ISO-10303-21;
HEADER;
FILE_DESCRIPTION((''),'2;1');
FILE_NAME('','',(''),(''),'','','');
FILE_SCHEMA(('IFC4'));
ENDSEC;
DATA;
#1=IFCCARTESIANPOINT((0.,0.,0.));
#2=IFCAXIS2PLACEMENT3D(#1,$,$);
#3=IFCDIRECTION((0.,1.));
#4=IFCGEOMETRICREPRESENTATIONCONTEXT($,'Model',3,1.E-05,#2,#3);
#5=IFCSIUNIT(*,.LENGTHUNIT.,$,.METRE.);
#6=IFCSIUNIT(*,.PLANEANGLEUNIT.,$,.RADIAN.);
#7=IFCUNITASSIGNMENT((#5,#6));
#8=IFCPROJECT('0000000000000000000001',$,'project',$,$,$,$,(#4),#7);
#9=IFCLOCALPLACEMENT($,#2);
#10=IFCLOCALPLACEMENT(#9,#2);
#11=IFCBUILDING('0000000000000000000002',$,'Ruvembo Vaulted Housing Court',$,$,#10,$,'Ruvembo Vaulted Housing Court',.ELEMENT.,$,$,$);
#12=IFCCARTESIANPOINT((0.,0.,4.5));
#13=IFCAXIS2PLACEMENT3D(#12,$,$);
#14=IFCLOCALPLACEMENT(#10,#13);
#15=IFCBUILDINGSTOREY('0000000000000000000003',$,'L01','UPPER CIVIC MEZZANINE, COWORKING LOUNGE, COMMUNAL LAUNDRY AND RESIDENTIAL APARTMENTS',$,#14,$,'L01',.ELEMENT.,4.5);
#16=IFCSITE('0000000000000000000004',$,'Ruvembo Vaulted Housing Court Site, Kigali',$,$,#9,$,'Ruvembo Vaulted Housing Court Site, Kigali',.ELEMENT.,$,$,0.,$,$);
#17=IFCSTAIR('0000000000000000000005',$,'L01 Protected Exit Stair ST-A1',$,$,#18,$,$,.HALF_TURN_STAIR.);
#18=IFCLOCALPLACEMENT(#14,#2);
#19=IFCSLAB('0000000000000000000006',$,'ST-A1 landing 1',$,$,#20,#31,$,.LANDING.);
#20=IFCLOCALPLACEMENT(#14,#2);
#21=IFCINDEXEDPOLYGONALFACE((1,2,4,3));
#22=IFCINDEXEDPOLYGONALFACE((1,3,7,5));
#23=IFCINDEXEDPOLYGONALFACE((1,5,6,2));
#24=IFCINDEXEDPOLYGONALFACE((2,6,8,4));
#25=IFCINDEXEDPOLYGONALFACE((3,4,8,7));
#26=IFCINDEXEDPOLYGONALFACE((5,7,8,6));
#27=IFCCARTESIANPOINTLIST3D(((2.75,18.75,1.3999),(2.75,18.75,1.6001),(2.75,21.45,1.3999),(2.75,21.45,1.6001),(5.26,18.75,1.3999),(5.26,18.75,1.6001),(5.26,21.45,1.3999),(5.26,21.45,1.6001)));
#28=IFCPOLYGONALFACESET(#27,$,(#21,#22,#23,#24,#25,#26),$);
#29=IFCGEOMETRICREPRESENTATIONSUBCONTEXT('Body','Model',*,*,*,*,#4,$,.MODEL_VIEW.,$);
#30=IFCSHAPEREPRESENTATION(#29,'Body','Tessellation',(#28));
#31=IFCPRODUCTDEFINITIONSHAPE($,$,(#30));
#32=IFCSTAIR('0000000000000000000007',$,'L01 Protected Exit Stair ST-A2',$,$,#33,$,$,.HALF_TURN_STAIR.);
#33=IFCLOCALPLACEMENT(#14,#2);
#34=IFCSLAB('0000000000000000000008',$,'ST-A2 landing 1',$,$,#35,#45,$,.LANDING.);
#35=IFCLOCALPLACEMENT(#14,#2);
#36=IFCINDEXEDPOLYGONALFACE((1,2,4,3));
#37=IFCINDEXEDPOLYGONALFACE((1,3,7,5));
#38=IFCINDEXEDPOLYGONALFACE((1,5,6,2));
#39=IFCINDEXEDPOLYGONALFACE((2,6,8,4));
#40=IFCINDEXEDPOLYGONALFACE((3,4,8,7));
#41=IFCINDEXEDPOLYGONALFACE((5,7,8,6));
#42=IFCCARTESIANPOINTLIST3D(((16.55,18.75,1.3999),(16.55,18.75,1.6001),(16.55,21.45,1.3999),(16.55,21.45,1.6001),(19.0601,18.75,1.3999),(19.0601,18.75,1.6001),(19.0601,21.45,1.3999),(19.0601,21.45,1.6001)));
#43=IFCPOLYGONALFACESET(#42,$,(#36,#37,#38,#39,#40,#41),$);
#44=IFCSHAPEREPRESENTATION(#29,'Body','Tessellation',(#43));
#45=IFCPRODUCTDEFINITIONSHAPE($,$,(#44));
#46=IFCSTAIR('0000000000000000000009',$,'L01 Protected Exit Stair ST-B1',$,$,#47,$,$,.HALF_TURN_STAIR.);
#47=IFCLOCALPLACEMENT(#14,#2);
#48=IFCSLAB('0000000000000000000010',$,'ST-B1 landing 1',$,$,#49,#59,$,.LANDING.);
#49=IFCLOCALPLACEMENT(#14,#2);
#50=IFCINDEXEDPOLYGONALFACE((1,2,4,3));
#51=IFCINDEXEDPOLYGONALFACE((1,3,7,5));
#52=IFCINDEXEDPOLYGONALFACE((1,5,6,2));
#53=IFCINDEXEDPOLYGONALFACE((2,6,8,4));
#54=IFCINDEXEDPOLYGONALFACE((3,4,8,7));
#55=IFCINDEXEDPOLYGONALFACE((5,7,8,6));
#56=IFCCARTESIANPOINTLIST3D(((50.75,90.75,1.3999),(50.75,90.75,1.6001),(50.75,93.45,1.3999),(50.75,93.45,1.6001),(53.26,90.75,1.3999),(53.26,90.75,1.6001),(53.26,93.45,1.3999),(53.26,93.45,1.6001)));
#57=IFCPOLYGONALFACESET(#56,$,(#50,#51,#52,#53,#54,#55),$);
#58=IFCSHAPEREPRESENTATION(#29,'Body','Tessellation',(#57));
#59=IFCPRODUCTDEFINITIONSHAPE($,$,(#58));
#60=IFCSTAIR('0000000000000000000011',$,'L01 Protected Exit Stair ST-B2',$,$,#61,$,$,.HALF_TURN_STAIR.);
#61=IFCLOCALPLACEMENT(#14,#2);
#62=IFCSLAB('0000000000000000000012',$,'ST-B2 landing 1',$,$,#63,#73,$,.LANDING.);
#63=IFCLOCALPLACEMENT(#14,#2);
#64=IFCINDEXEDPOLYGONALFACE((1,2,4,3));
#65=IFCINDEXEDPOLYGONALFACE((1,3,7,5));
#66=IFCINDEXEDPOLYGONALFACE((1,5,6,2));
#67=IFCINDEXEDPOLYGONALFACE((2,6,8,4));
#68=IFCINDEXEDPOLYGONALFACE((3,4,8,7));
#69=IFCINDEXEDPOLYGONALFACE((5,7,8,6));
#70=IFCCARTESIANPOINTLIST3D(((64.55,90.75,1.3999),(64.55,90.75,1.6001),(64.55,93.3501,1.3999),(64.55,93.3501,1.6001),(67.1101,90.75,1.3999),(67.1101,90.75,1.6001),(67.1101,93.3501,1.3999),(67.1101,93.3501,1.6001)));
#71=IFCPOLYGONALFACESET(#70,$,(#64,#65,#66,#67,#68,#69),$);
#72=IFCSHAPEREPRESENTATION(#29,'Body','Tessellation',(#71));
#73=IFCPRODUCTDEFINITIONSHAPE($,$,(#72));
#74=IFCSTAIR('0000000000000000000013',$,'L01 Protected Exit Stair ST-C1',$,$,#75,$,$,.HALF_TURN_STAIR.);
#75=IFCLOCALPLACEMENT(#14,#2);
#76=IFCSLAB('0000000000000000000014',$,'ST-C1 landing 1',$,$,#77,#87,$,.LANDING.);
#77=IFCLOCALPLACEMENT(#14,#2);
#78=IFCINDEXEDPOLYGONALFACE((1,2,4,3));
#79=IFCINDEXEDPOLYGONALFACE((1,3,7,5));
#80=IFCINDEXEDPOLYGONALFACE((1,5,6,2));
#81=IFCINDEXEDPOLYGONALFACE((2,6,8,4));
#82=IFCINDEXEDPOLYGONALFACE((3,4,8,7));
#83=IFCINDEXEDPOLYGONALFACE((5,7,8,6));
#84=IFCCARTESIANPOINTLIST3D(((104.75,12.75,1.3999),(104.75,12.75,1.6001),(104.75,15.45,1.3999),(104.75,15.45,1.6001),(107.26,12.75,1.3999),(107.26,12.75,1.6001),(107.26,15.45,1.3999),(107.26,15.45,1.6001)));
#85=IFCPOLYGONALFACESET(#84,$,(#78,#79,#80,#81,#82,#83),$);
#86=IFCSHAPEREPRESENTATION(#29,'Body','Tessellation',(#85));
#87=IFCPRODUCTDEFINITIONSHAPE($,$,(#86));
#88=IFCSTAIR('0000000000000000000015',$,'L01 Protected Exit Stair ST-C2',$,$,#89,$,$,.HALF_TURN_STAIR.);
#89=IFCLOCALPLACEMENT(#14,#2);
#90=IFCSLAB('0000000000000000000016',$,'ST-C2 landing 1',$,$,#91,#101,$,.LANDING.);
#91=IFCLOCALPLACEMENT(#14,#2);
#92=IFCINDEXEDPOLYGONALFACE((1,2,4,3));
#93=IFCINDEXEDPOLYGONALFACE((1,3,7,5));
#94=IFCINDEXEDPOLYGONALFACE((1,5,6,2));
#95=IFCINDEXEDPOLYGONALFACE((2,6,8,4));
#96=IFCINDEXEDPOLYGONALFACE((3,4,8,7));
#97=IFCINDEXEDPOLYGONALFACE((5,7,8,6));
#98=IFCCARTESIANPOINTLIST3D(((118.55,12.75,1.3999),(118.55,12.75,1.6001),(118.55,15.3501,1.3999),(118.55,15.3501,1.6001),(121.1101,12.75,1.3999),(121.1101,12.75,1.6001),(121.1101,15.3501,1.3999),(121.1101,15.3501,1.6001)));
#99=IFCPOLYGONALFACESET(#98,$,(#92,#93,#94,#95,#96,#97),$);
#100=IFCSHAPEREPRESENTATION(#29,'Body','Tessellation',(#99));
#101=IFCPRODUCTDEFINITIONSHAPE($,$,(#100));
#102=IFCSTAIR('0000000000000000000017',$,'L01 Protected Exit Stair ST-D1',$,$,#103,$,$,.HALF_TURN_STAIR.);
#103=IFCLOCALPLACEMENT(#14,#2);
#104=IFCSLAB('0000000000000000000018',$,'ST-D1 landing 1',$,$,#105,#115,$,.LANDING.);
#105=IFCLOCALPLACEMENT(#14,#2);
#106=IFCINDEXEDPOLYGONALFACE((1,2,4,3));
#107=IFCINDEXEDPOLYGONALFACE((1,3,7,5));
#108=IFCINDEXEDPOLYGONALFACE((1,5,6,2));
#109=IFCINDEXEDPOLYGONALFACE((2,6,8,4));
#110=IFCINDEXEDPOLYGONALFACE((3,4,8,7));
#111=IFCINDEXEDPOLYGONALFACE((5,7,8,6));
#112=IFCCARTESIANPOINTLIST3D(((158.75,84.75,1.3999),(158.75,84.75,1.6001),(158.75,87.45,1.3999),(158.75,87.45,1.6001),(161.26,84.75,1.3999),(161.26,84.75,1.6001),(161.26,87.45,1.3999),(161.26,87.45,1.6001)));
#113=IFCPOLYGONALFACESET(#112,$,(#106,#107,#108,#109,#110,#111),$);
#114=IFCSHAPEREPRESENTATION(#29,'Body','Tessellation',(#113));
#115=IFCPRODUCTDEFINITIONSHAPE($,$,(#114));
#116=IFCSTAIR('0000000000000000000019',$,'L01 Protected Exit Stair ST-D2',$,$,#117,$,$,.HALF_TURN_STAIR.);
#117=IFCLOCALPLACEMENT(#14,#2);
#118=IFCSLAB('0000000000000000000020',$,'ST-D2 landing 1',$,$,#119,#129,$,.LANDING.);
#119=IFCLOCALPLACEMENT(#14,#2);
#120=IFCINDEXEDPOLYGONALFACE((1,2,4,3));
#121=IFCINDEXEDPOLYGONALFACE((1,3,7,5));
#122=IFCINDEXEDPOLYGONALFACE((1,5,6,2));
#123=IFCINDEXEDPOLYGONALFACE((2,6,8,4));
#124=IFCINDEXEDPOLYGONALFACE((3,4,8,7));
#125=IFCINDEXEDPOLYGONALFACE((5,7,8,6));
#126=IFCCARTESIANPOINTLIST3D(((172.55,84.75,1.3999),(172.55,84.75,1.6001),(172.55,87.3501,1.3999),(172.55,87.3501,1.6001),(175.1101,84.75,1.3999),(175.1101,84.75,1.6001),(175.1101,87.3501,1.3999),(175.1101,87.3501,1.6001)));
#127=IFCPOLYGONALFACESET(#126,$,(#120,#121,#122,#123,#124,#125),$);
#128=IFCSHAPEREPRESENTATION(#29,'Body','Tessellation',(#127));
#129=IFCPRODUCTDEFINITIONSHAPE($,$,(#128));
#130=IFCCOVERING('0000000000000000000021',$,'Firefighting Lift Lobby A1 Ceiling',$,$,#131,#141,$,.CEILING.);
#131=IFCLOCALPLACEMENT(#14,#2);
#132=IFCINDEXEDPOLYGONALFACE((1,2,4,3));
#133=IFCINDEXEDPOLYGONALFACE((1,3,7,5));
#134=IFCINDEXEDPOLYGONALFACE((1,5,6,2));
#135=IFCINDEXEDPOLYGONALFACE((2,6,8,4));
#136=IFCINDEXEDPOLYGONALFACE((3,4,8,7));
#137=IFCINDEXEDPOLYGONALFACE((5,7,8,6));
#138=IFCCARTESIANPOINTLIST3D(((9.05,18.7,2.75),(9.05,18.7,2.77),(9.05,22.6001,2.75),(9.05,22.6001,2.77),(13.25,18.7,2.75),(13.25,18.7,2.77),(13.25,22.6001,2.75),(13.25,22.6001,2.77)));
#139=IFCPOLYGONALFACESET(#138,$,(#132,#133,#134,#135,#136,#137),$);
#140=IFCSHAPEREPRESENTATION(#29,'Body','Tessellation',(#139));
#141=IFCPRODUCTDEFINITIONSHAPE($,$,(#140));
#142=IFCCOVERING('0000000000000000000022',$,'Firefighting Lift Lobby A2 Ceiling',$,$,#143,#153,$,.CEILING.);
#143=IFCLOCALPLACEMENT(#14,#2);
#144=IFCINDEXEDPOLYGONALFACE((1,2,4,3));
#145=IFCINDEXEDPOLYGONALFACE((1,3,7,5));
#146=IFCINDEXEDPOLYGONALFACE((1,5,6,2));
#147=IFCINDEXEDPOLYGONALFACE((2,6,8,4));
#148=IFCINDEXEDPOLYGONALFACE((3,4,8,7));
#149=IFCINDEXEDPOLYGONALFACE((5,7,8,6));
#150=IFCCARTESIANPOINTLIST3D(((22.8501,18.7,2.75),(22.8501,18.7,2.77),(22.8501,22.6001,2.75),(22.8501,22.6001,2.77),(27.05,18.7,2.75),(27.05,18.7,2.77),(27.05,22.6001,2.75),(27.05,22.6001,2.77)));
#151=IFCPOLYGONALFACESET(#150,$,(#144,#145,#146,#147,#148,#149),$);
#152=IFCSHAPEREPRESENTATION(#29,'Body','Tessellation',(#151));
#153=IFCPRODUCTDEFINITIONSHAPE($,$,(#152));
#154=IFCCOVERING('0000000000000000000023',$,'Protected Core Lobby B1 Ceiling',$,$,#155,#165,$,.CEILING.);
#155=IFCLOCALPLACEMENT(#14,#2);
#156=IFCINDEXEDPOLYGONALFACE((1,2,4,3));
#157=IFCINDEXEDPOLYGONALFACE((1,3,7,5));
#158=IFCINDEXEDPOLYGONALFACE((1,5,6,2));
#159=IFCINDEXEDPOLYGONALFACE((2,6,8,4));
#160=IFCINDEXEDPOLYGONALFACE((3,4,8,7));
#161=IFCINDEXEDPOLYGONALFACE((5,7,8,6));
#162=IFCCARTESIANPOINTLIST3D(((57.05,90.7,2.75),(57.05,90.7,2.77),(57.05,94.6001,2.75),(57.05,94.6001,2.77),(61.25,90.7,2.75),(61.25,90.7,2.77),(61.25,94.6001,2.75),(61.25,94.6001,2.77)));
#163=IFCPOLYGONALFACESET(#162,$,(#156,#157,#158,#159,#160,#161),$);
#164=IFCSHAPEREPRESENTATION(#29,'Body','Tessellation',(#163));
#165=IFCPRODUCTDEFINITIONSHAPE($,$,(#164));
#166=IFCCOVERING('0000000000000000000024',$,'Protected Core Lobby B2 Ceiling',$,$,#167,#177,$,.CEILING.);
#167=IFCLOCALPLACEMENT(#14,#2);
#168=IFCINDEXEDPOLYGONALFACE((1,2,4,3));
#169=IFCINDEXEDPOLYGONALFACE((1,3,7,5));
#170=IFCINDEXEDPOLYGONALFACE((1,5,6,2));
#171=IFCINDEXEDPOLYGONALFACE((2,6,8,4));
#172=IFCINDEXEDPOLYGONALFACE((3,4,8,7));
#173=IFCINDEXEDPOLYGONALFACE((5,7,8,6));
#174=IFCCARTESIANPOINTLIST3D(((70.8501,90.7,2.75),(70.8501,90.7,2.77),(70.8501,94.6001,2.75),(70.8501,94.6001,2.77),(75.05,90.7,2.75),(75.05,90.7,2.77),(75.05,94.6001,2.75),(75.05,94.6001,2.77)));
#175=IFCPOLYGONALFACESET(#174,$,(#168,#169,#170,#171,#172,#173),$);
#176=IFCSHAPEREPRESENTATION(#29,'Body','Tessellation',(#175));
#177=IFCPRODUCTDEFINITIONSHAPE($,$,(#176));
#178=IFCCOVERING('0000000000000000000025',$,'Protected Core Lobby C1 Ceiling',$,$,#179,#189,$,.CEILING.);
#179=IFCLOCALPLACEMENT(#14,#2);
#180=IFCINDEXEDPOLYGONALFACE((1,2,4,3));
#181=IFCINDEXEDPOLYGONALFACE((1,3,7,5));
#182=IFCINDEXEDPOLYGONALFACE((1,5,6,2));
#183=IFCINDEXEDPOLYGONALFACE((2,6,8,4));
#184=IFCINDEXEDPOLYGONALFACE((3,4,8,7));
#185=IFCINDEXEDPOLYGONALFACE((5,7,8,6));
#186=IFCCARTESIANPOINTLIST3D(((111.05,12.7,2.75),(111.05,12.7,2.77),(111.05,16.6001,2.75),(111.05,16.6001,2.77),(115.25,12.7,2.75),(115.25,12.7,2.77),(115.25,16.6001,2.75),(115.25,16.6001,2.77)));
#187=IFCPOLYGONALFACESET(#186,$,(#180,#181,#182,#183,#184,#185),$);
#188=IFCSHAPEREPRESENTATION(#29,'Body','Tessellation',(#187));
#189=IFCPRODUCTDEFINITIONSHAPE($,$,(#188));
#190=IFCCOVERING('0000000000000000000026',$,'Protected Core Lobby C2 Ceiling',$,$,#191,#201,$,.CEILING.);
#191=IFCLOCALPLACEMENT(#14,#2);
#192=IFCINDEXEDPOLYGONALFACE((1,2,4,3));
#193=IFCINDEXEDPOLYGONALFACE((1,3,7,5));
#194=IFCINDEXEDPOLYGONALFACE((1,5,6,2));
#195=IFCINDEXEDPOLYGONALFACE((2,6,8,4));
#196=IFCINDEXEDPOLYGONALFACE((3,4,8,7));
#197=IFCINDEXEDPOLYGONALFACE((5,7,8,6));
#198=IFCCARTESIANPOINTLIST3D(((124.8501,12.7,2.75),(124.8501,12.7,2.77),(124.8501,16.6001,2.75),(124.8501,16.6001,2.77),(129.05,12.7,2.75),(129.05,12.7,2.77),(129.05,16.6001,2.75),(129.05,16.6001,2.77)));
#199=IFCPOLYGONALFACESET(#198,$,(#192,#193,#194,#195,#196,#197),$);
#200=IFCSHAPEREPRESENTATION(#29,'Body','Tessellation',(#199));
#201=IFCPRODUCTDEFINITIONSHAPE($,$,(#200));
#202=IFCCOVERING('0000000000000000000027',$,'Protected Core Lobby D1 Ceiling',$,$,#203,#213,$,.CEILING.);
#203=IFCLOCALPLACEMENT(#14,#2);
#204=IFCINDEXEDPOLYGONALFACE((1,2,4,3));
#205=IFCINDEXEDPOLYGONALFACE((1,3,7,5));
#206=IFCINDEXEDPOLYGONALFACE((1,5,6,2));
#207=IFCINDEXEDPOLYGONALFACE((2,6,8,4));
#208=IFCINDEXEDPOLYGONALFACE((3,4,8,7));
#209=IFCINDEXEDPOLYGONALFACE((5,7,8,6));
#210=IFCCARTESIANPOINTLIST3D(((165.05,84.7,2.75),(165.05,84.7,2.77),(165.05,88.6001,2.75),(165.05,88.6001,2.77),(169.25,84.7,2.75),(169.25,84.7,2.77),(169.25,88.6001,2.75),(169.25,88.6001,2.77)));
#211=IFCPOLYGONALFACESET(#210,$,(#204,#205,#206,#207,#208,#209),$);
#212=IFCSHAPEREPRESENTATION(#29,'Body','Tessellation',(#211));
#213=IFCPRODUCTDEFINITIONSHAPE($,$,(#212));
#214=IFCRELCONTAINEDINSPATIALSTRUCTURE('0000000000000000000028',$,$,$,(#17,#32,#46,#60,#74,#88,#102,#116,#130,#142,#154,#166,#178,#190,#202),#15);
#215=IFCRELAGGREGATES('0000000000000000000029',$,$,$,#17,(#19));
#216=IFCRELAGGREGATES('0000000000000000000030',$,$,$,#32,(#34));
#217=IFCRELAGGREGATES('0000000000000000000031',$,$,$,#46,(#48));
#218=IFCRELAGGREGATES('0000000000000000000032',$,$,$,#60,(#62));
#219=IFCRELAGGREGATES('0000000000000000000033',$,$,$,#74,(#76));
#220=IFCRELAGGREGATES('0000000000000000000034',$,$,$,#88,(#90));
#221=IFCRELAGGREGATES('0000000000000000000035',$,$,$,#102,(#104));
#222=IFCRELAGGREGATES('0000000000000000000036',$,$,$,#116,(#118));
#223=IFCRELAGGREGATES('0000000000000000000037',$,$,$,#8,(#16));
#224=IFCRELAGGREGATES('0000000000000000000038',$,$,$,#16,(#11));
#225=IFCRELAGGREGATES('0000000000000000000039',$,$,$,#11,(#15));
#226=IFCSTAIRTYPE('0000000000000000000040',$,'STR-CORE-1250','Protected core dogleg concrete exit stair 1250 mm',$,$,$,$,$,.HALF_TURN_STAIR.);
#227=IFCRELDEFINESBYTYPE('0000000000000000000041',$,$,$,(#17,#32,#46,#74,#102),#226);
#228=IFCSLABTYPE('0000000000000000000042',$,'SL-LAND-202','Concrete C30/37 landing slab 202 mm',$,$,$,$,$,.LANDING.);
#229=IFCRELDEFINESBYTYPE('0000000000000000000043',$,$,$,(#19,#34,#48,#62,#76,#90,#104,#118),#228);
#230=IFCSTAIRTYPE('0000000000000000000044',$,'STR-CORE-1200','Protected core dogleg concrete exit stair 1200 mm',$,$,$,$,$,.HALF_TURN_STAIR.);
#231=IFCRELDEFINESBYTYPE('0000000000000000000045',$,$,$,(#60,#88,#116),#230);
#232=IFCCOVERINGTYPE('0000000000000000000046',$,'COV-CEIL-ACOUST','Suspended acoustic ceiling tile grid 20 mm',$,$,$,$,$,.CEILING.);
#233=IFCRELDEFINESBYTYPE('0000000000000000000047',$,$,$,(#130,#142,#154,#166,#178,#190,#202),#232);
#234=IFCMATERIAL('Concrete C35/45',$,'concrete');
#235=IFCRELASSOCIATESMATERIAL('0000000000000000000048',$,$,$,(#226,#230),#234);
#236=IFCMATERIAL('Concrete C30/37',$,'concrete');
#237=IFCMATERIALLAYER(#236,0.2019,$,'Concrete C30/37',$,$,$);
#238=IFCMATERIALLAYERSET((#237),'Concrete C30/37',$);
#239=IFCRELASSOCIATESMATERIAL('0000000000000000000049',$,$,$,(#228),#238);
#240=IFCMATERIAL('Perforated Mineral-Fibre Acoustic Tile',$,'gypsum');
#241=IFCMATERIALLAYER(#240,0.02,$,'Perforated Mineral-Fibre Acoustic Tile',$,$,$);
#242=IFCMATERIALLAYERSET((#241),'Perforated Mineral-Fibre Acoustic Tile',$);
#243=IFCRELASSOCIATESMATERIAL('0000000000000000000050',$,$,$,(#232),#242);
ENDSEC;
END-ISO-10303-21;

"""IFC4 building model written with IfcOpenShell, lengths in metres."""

from ifc_helpers import new_model, si_unit, direction, frame, origin, place, context, subcontext, project, spatial, polyline, outline, extrude, material, layer, layer_set, type_object, element, aggregate, save


model = new_model("IFC4")

# Units and contexts
model_context = context("Model", 3, precision=1e-05, world=origin(), true_north=direction((0.0, 1.0)))
body_context = subcontext(model_context, "Body", "Model", "MODEL_VIEW")
ifc_project = project(units=[si_unit("LENGTHUNIT", "METRE"), si_unit("PLANEANGLEUNIT", "RADIAN")], contexts=[model_context])

# Site, building, storey
site_placement = place(None, origin())
site = spatial("IfcSite", under=ifc_project, at=site_placement, Name="Ruvembo Vaulted Housing Court Site, Kigali", LongName="Ruvembo Vaulted Housing Court Site, Kigali", CompositionType="ELEMENT", RefElevation=0.0)
building_placement = place(site_placement, origin())
building = spatial("IfcBuilding", under=site, at=building_placement, Name="Ruvembo Vaulted Housing Court", LongName="Ruvembo Vaulted Housing Court", CompositionType="ELEMENT")
storey_placement = place(building_placement, frame((0.0, 0.0, 4.5)))
storey = spatial("IfcBuildingStorey", under=building, at=storey_placement, Name="L01", Description="UPPER CIVIC MEZZANINE, COWORKING LOUNGE, COMMUNAL LAUNDRY AND RESIDENTIAL APARTMENTS", LongName="L01", CompositionType="ELEMENT", Elevation=4.5)

# Stairs, slabs
ifc_material_1 = material(Name="Concrete C35/45", Category="concrete")
stair_type_1 = type_object("IfcStairType", Name="STR-CORE-1250", Description="Protected core dogleg concrete exit stair 1250 mm", PredefinedType="HALF_TURN_STAIR", material=ifc_material_1)
stair_1_placement = place(storey_placement, origin())
stair_1 = element("IfcStair", 1, at=stair_1_placement, inside=storey, type_object=stair_type_1, Name="L01 Protected Exit Stair ST-A1", PredefinedType="HALF_TURN_STAIR")
ifc_material_2 = material(Name="Concrete C30/37", Category="concrete")
ifc_layer_1 = layer(ifc_material_2, 0.2019, Name="Concrete C30/37")
ifc_layer_set_1 = layer_set([ifc_layer_1], Name="Concrete C30/37")
slab_type = type_object("IfcSlabType", Name="SL-LAND-202", Description="Concrete C30/37 landing slab 202 mm", PredefinedType="LANDING", material=ifc_layer_set_1)
slab_1_placement = place(storey_placement, frame((0.0, 0.0, 1.3999)))
slab_1 = element("IfcSlab", 2, at=slab_1_placement, type_object=slab_type, Name="ST-A1 landing 1", PredefinedType="LANDING", context=body_context, shape_type="SweptSolid", body=[
    extrude(outline(polyline([(5.26, 21.45), (2.75, 21.45), (2.75, 18.75), (5.26, 18.75), (5.26, 21.45)])), origin(), (0.0, 0.0, 1.0), 0.2002),
])
aggregate(stair_1, [slab_1])
stair_2_placement = place(storey_placement, origin())
stair_2 = element("IfcStair", 3, at=stair_2_placement, inside=storey, type_object=stair_type_1, Name="L01 Protected Exit Stair ST-A2", PredefinedType="HALF_TURN_STAIR")
slab_2_placement = place(storey_placement, frame((0.0, 0.0, 1.3999)))
slab_2 = element("IfcSlab", 4, at=slab_2_placement, type_object=slab_type, Name="ST-A2 landing 1", PredefinedType="LANDING", context=body_context, shape_type="SweptSolid", body=[
    extrude(outline(polyline([(19.0601, 21.45), (16.55, 21.45), (16.55, 18.75), (19.0601, 18.75), (19.0601, 21.45)])), origin(), (0.0, 0.0, 1.0), 0.2002),
])
aggregate(stair_2, [slab_2])
stair_3_placement = place(storey_placement, origin())
stair_3 = element("IfcStair", 5, at=stair_3_placement, inside=storey, type_object=stair_type_1, Name="L01 Protected Exit Stair ST-B1", PredefinedType="HALF_TURN_STAIR")
slab_3_placement = place(storey_placement, frame((0.0, 0.0, 1.3999)))
slab_3 = element("IfcSlab", 6, at=slab_3_placement, type_object=slab_type, Name="ST-B1 landing 1", PredefinedType="LANDING", context=body_context, shape_type="SweptSolid", body=[
    extrude(outline(polyline([(53.26, 93.45), (50.75, 93.45), (50.75, 90.75), (53.26, 90.75), (53.26, 93.45)])), origin(), (0.0, 0.0, 1.0), 0.2002),
])
aggregate(stair_3, [slab_3])
stair_type_2 = type_object("IfcStairType", Name="STR-CORE-1200", Description="Protected core dogleg concrete exit stair 1200 mm", PredefinedType="HALF_TURN_STAIR", material=ifc_material_1)
stair_4_placement = place(storey_placement, origin())
stair_4 = element("IfcStair", 7, at=stair_4_placement, inside=storey, type_object=stair_type_2, Name="L01 Protected Exit Stair ST-B2", PredefinedType="HALF_TURN_STAIR")
slab_4_placement = place(storey_placement, frame((0.0, 0.0, 1.3999)))
slab_4 = element("IfcSlab", 8, at=slab_4_placement, type_object=slab_type, Name="ST-B2 landing 1", PredefinedType="LANDING", context=body_context, shape_type="SweptSolid", body=[
    extrude(outline(polyline([(67.1101, 93.3501), (64.55, 93.3501), (64.55, 90.75), (67.1101, 90.75), (67.1101, 93.3501)])), origin(), (0.0, 0.0, 1.0), 0.2002),
])
aggregate(stair_4, [slab_4])
stair_5_placement = place(storey_placement, origin())
stair_5 = element("IfcStair", 9, at=stair_5_placement, inside=storey, type_object=stair_type_1, Name="L01 Protected Exit Stair ST-C1", PredefinedType="HALF_TURN_STAIR")
slab_5_placement = place(storey_placement, frame((0.0, 0.0, 1.3999)))
slab_5 = element("IfcSlab", 10, at=slab_5_placement, type_object=slab_type, Name="ST-C1 landing 1", PredefinedType="LANDING", context=body_context, shape_type="SweptSolid", body=[
    extrude(outline(polyline([(107.26, 15.45), (104.75, 15.45), (104.75, 12.75), (107.26, 12.75), (107.26, 15.45)])), origin(), (0.0, 0.0, 1.0), 0.2002),
])
aggregate(stair_5, [slab_5])
stair_6_placement = place(storey_placement, origin())
stair_6 = element("IfcStair", 11, at=stair_6_placement, inside=storey, type_object=stair_type_2, Name="L01 Protected Exit Stair ST-C2", PredefinedType="HALF_TURN_STAIR")
slab_6_placement = place(storey_placement, frame((0.0, 0.0, 1.3999)))
slab_6 = element("IfcSlab", 12, at=slab_6_placement, type_object=slab_type, Name="ST-C2 landing 1", PredefinedType="LANDING", context=body_context, shape_type="SweptSolid", body=[
    extrude(outline(polyline([(121.1101, 15.3501), (118.55, 15.3501), (118.55, 12.75), (121.1101, 12.75), (121.1101, 15.3501)])), origin(), (0.0, 0.0, 1.0), 0.2002),
])
aggregate(stair_6, [slab_6])
stair_7_placement = place(storey_placement, origin())
stair_7 = element("IfcStair", 13, at=stair_7_placement, inside=storey, type_object=stair_type_1, Name="L01 Protected Exit Stair ST-D1", PredefinedType="HALF_TURN_STAIR")
slab_7_placement = place(storey_placement, frame((0.0, 0.0, 1.3999)))
slab_7 = element("IfcSlab", 14, at=slab_7_placement, type_object=slab_type, Name="ST-D1 landing 1", PredefinedType="LANDING", context=body_context, shape_type="SweptSolid", body=[
    extrude(outline(polyline([(161.26, 87.45), (158.75, 87.45), (158.75, 84.75), (161.26, 84.75), (161.26, 87.45)])), origin(), (0.0, 0.0, 1.0), 0.2002),
])
aggregate(stair_7, [slab_7])
stair_8_placement = place(storey_placement, origin())
stair_8 = element("IfcStair", 15, at=stair_8_placement, inside=storey, type_object=stair_type_2, Name="L01 Protected Exit Stair ST-D2", PredefinedType="HALF_TURN_STAIR")
slab_8_placement = place(storey_placement, frame((0.0, 0.0, 1.3999)))
slab_8 = element("IfcSlab", 16, at=slab_8_placement, type_object=slab_type, Name="ST-D2 landing 1", PredefinedType="LANDING", context=body_context, shape_type="SweptSolid", body=[
    extrude(outline(polyline([(175.1101, 87.3501), (172.55, 87.3501), (172.55, 84.75), (175.1101, 84.75), (175.1101, 87.3501)])), origin(), (0.0, 0.0, 1.0), 0.2002),
])
aggregate(stair_8, [slab_8])

# Coverings
ifc_material_3 = material(Name="Perforated Mineral-Fibre Acoustic Tile", Category="gypsum")
ifc_layer_2 = layer(ifc_material_3, 0.02, Name="Perforated Mineral-Fibre Acoustic Tile")
ifc_layer_set_2 = layer_set([ifc_layer_2], Name="Perforated Mineral-Fibre Acoustic Tile")
covering_type_1 = type_object("IfcCoveringType", Name="COV-CEIL-ACOUST", Description="Suspended acoustic ceiling tile grid 20 mm", PredefinedType="CEILING", material=ifc_layer_set_2)
covering_1_placement = place(storey_placement, frame((0.0, 0.0, 2.75)))
element("IfcCovering", 17, at=covering_1_placement, inside=storey, type_object=covering_type_1, Name="Firefighting Lift Lobby A1 Ceiling", PredefinedType="CEILING", context=body_context, shape_type="SweptSolid", body=[
    extrude(outline(polyline([(9.05, 22.6001), (9.05, 18.7), (13.25, 18.7), (13.25, 22.6001), (9.05, 22.6001)])), origin(), (0.0, 0.0, 1.0), 0.02),
])
covering_2_placement = place(storey_placement, frame((0.0, 0.0, 2.75)))
element("IfcCovering", 18, at=covering_2_placement, inside=storey, type_object=covering_type_1, Name="Firefighting Lift Lobby A2 Ceiling", PredefinedType="CEILING", context=body_context, shape_type="SweptSolid", body=[
    extrude(outline(polyline([(22.8501, 22.6001), (22.8501, 18.7), (27.05, 18.7), (27.05, 22.6001), (22.8501, 22.6001)])), origin(), (0.0, 0.0, 1.0), 0.02),
])
covering_3_placement = place(storey_placement, frame((0.0, 0.0, 2.75)))
element("IfcCovering", 19, at=covering_3_placement, inside=storey, type_object=covering_type_1, Name="Protected Core Lobby B1 Ceiling", PredefinedType="CEILING", context=body_context, shape_type="SweptSolid", body=[
    extrude(outline(polyline([(57.05, 94.6001), (57.05, 90.7), (61.25, 90.7), (61.25, 94.6001), (57.05, 94.6001)])), origin(), (0.0, 0.0, 1.0), 0.02),
])
covering_4_placement = place(storey_placement, frame((0.0, 0.0, 2.75)))
element("IfcCovering", 20, at=covering_4_placement, inside=storey, type_object=covering_type_1, Name="Protected Core Lobby B2 Ceiling", PredefinedType="CEILING", context=body_context, shape_type="SweptSolid", body=[
    extrude(outline(polyline([(70.8501, 94.6001), (70.8501, 90.7), (75.05, 90.7), (75.05, 94.6001), (70.8501, 94.6001)])), origin(), (0.0, 0.0, 1.0), 0.02),
])
covering_5_placement = place(storey_placement, frame((0.0, 0.0, 2.75)))
element("IfcCovering", 21, at=covering_5_placement, inside=storey, type_object=covering_type_1, Name="Protected Core Lobby C1 Ceiling", PredefinedType="CEILING", context=body_context, shape_type="SweptSolid", body=[
    extrude(outline(polyline([(111.05, 16.6001), (111.05, 12.7), (115.25, 12.7), (115.25, 16.6001), (111.05, 16.6001)])), origin(), (0.0, 0.0, 1.0), 0.02),
])
covering_6_placement = place(storey_placement, frame((0.0, 0.0, 2.75)))
element("IfcCovering", 22, at=covering_6_placement, inside=storey, type_object=covering_type_1, Name="Protected Core Lobby C2 Ceiling", PredefinedType="CEILING", context=body_context, shape_type="SweptSolid", body=[
    extrude(outline(polyline([(124.8501, 16.6001), (124.8501, 12.7), (129.05, 12.7), (129.05, 16.6001), (124.8501, 16.6001)])), origin(), (0.0, 0.0, 1.0), 0.02),
])
covering_7_placement = place(storey_placement, frame((0.0, 0.0, 2.75)))
element("IfcCovering", 23, at=covering_7_placement, inside=storey, type_object=covering_type_1, Name="Protected Core Lobby D1 Ceiling", PredefinedType="CEILING", context=body_context, shape_type="SweptSolid", body=[
    extrude(outline(polyline([(165.05, 88.6001), (165.05, 84.7), (169.25, 84.7), (169.25, 88.6001), (165.05, 88.6001)])), origin(), (0.0, 0.0, 1.0), 0.02),
])

save(model, "model.ifc")
